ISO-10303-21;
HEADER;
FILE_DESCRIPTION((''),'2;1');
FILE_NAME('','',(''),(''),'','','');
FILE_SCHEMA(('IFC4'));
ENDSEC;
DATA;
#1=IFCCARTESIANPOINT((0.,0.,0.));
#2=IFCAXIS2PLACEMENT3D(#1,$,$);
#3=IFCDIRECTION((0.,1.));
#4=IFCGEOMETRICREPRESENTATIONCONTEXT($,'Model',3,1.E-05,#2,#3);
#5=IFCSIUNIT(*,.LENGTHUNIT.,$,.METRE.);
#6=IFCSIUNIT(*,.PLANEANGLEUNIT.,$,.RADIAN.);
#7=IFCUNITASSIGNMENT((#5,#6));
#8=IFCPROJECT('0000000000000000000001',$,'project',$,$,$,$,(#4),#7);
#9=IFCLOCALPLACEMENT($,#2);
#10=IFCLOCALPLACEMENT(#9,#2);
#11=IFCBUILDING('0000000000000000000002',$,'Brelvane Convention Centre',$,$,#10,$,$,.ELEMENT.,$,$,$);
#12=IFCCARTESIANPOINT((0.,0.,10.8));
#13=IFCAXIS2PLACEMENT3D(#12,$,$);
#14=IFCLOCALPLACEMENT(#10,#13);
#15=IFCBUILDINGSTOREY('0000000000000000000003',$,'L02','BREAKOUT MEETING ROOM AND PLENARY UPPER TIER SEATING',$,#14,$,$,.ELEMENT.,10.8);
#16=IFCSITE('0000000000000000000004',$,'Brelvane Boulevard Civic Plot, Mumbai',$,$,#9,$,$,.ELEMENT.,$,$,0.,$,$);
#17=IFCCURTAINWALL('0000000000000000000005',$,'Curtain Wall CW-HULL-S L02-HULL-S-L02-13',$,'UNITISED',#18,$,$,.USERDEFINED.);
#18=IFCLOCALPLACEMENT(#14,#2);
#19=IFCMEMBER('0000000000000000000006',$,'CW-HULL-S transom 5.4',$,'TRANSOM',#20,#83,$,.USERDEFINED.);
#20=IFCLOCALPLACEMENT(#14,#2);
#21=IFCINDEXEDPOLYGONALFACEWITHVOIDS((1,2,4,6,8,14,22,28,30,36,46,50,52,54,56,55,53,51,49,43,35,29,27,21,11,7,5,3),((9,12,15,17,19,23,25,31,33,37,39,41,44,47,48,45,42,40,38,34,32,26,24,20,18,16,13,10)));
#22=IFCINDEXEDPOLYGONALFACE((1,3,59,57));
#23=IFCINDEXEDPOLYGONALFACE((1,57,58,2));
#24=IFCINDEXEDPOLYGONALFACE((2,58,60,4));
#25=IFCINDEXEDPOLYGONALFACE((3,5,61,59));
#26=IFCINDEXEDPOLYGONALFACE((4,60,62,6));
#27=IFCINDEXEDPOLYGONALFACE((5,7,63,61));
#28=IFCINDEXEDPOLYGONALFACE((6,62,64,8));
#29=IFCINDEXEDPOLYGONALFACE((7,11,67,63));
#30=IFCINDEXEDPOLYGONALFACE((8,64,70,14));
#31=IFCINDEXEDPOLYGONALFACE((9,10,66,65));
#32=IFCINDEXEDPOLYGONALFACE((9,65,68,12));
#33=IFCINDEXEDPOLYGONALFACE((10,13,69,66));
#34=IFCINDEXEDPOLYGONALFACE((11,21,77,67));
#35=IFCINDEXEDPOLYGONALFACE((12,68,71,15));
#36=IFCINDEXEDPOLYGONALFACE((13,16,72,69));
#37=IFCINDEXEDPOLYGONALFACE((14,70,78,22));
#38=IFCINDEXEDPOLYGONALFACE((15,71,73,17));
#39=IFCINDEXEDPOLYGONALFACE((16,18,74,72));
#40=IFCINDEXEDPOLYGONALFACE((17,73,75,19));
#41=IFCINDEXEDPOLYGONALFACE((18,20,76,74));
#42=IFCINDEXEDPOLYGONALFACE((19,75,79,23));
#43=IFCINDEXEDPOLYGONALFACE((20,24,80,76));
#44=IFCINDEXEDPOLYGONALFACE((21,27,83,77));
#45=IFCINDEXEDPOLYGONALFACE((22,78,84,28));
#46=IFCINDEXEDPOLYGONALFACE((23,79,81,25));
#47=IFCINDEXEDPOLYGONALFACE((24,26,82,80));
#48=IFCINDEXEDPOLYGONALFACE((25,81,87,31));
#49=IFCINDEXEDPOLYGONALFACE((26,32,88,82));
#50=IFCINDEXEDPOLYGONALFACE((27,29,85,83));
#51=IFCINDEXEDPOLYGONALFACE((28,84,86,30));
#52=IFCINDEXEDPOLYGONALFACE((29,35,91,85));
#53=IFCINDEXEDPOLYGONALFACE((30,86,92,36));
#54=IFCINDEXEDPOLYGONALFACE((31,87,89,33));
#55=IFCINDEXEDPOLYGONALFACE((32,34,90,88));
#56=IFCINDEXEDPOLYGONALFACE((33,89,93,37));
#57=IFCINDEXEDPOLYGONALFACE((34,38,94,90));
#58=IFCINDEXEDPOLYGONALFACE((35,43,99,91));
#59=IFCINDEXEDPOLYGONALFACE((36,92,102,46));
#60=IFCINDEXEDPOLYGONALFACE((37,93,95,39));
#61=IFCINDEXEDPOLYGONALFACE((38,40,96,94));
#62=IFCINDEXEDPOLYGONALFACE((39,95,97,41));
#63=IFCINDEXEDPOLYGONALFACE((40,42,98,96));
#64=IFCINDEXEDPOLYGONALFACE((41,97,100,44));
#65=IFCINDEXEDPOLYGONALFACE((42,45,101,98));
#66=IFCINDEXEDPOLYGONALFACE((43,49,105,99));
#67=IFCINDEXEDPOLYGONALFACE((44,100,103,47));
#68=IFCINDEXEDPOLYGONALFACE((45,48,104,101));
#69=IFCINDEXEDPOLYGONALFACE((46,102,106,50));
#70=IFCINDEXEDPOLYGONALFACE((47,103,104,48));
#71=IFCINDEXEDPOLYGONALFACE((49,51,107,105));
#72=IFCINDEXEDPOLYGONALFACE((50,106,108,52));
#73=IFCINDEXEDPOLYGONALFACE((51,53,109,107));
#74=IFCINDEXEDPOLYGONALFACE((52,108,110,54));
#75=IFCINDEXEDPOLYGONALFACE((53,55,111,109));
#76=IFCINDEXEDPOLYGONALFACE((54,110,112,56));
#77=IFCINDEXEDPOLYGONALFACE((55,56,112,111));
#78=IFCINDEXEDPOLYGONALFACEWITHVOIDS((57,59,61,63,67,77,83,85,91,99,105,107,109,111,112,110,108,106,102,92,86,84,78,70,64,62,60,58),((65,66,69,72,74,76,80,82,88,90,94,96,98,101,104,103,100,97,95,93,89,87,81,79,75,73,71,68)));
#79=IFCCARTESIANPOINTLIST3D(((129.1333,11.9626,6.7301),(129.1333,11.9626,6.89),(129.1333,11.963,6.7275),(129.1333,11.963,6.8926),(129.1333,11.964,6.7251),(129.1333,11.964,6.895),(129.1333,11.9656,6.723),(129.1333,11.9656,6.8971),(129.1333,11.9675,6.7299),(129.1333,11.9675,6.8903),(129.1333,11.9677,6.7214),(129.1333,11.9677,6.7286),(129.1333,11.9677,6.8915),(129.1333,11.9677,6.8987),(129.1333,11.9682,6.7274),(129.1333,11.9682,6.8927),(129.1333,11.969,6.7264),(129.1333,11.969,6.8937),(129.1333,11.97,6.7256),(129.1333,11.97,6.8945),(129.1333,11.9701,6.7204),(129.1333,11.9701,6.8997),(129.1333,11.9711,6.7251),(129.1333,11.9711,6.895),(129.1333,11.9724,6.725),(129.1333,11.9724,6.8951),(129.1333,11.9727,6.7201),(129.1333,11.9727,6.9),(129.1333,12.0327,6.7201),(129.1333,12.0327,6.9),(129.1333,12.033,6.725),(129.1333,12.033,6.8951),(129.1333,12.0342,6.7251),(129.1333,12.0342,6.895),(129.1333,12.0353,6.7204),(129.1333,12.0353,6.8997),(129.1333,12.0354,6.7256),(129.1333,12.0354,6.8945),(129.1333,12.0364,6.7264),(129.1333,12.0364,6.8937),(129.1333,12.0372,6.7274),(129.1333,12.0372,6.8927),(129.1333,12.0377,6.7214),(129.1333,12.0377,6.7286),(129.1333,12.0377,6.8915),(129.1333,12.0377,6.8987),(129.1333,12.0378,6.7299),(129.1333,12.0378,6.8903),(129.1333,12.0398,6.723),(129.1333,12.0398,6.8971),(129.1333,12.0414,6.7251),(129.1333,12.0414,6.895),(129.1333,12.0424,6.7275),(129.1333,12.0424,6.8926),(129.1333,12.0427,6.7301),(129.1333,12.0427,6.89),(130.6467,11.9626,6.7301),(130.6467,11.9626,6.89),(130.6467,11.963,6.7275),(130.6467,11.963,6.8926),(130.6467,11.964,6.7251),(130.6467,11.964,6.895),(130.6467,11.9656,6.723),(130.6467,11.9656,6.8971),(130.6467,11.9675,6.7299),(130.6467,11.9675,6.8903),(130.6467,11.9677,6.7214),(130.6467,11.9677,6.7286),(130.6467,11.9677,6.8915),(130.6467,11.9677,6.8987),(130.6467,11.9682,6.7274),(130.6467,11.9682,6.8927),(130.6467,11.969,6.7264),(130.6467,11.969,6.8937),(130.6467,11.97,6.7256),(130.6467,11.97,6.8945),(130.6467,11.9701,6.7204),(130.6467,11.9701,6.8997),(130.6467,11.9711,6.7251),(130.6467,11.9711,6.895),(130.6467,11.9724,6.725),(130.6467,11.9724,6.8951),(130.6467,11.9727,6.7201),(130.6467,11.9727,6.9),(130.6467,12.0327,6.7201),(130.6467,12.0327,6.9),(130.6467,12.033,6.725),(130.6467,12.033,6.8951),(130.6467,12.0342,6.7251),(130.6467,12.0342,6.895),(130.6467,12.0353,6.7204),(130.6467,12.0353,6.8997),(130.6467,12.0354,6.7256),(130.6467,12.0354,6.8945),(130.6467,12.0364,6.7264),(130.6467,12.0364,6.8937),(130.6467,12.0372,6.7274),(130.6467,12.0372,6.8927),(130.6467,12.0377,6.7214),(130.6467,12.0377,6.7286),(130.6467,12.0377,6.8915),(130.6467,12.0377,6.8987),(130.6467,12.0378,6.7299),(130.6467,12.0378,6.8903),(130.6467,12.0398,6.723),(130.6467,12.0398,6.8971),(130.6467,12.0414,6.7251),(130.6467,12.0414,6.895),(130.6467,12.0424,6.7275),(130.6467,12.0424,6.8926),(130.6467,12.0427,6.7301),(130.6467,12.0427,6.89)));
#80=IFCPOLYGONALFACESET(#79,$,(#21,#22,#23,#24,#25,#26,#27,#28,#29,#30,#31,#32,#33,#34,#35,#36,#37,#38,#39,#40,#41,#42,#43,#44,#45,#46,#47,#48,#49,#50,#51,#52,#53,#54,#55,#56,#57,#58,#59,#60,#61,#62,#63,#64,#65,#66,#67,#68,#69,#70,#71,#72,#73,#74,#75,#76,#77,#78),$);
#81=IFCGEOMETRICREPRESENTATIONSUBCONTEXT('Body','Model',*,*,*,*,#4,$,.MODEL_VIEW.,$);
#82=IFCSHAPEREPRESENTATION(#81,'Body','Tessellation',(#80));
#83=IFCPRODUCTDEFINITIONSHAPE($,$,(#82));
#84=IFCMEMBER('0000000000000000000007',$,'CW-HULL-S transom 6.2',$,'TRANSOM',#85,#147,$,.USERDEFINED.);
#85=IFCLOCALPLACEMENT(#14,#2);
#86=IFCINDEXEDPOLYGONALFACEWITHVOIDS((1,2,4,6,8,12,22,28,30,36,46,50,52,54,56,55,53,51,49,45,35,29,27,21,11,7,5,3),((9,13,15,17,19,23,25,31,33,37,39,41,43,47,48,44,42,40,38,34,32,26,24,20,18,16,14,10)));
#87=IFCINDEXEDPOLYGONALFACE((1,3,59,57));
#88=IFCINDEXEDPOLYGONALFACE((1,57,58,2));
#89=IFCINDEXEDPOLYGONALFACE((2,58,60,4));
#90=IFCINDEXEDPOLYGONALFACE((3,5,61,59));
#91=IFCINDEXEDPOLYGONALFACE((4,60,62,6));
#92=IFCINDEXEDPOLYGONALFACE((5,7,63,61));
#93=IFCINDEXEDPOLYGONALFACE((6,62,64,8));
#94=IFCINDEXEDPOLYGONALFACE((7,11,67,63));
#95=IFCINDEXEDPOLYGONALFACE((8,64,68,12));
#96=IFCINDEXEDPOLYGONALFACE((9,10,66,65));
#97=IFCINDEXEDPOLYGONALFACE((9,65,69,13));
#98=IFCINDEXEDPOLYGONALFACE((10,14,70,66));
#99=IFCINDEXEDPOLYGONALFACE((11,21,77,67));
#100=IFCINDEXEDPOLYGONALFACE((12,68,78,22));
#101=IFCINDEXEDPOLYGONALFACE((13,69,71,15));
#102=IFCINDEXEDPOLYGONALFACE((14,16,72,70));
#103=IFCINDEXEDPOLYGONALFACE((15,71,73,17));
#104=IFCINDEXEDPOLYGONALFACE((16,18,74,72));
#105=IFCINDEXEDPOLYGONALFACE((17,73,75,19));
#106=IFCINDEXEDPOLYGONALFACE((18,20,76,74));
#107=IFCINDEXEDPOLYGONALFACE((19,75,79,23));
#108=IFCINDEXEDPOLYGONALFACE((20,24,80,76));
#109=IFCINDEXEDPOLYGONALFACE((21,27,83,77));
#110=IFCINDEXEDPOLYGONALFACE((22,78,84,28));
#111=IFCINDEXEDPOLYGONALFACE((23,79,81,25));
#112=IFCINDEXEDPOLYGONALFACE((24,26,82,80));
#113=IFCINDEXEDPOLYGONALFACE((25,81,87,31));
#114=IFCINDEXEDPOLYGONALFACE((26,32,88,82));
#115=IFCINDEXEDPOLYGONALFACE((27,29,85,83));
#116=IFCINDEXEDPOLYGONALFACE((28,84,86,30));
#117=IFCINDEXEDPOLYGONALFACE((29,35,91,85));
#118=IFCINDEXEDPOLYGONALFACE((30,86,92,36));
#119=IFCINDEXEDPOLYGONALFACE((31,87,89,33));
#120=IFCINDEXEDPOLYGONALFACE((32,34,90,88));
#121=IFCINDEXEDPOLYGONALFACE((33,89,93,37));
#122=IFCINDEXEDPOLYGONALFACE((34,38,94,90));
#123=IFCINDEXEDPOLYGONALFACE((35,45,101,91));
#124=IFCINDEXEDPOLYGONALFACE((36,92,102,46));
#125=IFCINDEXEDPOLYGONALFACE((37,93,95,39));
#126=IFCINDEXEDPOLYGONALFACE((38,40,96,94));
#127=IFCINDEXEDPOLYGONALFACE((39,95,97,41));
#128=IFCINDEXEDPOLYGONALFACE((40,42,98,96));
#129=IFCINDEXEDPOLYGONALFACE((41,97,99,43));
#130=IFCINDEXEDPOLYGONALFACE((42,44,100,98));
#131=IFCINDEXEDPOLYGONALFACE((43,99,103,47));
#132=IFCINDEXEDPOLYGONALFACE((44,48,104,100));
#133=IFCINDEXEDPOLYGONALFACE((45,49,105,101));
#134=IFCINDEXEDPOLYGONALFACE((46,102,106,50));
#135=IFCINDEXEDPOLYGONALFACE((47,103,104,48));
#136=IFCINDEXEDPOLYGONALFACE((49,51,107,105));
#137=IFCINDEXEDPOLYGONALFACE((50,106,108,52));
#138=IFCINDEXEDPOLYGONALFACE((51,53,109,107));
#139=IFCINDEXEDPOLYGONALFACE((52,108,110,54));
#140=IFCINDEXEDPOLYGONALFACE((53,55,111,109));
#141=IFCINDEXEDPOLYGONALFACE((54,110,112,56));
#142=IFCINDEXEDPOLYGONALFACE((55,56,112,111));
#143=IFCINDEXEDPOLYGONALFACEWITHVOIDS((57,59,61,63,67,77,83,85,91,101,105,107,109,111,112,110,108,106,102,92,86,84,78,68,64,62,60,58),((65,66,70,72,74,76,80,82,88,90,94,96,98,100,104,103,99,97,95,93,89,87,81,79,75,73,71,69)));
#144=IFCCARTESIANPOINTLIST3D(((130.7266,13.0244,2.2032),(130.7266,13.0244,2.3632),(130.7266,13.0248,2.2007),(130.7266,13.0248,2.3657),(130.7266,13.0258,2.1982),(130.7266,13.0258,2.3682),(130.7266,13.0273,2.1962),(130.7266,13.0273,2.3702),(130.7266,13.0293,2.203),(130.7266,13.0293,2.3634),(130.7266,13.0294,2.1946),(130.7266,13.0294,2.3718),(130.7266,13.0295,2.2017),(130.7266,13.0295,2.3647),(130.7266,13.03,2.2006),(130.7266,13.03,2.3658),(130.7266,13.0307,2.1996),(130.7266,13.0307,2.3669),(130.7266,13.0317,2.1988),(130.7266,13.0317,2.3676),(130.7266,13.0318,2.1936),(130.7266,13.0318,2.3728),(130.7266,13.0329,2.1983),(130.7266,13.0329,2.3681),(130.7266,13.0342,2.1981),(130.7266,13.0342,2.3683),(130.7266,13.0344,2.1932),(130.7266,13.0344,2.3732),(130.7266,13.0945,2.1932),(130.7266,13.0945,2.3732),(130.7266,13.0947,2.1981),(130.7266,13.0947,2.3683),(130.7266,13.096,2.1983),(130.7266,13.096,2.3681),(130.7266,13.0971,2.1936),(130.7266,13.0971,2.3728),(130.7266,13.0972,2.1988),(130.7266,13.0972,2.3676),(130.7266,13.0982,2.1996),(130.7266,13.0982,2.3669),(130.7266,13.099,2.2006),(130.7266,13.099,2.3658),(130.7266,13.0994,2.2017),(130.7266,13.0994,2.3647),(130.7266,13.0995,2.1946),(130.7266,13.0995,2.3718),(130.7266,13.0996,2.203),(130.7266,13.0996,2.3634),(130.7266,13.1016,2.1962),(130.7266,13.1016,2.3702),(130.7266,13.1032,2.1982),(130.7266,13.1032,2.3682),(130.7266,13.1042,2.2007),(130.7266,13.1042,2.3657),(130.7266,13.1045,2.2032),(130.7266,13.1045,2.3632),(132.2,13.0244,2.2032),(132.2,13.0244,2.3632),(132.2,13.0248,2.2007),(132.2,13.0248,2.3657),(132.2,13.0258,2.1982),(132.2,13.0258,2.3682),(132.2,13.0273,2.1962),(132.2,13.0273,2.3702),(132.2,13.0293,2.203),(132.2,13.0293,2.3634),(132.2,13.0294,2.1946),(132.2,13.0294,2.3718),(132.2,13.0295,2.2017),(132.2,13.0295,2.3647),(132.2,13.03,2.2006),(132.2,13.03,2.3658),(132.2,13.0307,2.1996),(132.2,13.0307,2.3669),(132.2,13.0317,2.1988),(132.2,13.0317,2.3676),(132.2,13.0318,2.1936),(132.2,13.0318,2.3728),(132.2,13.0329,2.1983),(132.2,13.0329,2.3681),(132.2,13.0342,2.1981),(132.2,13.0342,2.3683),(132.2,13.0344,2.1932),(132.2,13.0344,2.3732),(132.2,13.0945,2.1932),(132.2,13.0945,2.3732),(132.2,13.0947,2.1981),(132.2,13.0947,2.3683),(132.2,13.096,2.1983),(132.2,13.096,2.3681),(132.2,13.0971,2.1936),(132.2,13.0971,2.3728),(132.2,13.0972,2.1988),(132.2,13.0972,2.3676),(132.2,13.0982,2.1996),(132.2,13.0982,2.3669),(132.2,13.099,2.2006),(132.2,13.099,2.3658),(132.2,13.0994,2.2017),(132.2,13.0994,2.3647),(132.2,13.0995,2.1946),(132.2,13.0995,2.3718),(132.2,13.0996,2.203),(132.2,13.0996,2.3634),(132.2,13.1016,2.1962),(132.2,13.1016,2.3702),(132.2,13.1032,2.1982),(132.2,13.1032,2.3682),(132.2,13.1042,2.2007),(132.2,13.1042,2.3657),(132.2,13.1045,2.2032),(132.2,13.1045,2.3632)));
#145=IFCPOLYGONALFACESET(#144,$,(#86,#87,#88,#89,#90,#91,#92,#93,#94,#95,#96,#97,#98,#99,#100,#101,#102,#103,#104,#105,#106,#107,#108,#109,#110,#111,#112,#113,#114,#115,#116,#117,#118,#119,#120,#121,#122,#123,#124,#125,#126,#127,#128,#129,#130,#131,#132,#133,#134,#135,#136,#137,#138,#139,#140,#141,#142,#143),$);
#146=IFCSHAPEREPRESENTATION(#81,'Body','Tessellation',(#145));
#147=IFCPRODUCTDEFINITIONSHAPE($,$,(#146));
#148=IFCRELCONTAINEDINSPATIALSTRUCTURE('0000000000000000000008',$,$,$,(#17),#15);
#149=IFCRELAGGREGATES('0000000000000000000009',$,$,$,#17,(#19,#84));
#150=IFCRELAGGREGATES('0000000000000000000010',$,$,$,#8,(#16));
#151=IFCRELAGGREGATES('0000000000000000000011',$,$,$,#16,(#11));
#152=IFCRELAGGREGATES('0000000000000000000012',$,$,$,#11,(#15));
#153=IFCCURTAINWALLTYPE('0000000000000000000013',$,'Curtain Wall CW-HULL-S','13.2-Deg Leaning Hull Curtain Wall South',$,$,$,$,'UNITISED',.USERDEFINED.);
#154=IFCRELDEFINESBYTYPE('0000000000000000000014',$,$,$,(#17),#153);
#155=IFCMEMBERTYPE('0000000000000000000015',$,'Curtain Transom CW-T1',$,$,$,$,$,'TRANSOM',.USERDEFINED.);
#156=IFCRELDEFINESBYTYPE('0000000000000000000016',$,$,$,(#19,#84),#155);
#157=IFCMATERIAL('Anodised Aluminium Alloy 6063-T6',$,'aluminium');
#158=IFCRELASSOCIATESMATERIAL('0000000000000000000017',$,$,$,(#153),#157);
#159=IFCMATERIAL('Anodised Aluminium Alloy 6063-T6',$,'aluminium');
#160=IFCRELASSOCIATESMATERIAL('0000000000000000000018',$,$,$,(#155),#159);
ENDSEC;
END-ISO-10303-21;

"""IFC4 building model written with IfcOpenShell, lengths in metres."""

from ifc_helpers import new_model, si_unit, direction, frame, origin, origin_2d, place, context, subcontext, project, spatial, hollow_rectangle, extrude, material, material_profile, profile_set, type_object, element, aggregate, save


model = new_model("IFC4")

# Units and contexts
model_context = context("Model", 3, precision=1e-05, world=origin(), true_north=direction((0.0, 1.0)))
body_context = subcontext(model_context, "Body", "Model", "MODEL_VIEW")
ifc_project = project(units=[si_unit("LENGTHUNIT", "METRE"), si_unit("PLANEANGLEUNIT", "RADIAN")], contexts=[model_context])

# Site, building, storey
site_placement = place(None, origin())
site = spatial("IfcSite", under=ifc_project, at=site_placement, Name="Brelvane Boulevard Civic Plot, Mumbai", CompositionType="ELEMENT", RefElevation=0.0)
building_placement = place(site_placement, origin())
building = spatial("IfcBuilding", under=site, at=building_placement, Name="Brelvane Convention Centre", CompositionType="ELEMENT")
storey_placement = place(building_placement, frame((0.0, 0.0, 10.8)))
storey = spatial("IfcBuildingStorey", under=building, at=storey_placement, Name="L02", Description="BREAKOUT MEETING ROOM AND PLENARY UPPER TIER SEATING", CompositionType="ELEMENT", Elevation=10.8)

# Curtain wall, members
ifc_material_1 = material(Name="Anodised Aluminium Alloy 6063-T6", Category="aluminium")
curtain_wall_type = type_object("IfcCurtainWallType", Name="Curtain Wall CW-HULL-S", Description="13.2-Deg Leaning Hull Curtain Wall South", ElementType="UNITISED", PredefinedType="USERDEFINED", material=ifc_material_1)
curtain_wall_1_placement = place(storey_placement, origin())
curtain_wall_1 = element("IfcCurtainWall", 1, at=curtain_wall_1_placement, inside=storey, type_object=curtain_wall_type, Name="Curtain Wall CW-HULL-S L02-HULL-S-L02-13", ObjectType="UNITISED", PredefinedType="USERDEFINED")
ifc_material_2 = material(Name="Anodised Aluminium Alloy 6063-T6", Category="aluminium")
ifc_material_profile = material_profile(ifc_material_2, hollow_rectangle(XDim=0.0801, YDim=0.1799, WallThickness=0.0049, InnerFilletRadius=0.0049, OuterFilletRadius=0.01, at=origin_2d()), Name="ALU-T 180x80x5.0")
ifc_profile_set = profile_set([ifc_material_profile], Name="Anodised Aluminium Alloy 6063-T6")
member_type = type_object("IfcMemberType", Name="Curtain Transom CW-T1", ElementType="TRANSOM", PredefinedType="USERDEFINED", material=ifc_profile_set)
member_1_placement = place(storey_placement, frame((129.1333, 12.0027, 6.8101), z_axis=(1.0, 0.0, 0.0), x_axis=(0.0, 1.0, 0.0)))
member_1 = element("IfcMember", 2, at=member_1_placement, type_object=member_type, Name="CW-HULL-S transom 5.4", ObjectType="TRANSOM", PredefinedType="USERDEFINED", context=body_context, shape_type="SweptSolid", body=[
    extrude(hollow_rectangle(XDim=0.0801, YDim=0.1799, WallThickness=0.0049, InnerFilletRadius=0.0049, OuterFilletRadius=0.01, at=origin_2d()), origin(), (0.0, 0.0, 1.0), 1.5134),
])
member_2_placement = place(storey_placement, frame((130.7266, 13.0645, 2.2832), z_axis=(1.0, 0.0, 0.0), x_axis=(0.0, 1.0, 0.0)))
member_2 = element("IfcMember", 3, at=member_2_placement, type_object=member_type, Name="CW-HULL-S transom 6.2", ObjectType="TRANSOM", PredefinedType="USERDEFINED", context=body_context, shape_type="SweptSolid", body=[
    extrude(hollow_rectangle(XDim=0.0801, YDim=0.1799, WallThickness=0.0049, InnerFilletRadius=0.0049, OuterFilletRadius=0.01, at=origin_2d()), origin(), (0.0, 0.0, 1.0), 1.4734),
])

aggregate(curtain_wall_1, [member_1, member_2])

save(model, "model.ifc")
